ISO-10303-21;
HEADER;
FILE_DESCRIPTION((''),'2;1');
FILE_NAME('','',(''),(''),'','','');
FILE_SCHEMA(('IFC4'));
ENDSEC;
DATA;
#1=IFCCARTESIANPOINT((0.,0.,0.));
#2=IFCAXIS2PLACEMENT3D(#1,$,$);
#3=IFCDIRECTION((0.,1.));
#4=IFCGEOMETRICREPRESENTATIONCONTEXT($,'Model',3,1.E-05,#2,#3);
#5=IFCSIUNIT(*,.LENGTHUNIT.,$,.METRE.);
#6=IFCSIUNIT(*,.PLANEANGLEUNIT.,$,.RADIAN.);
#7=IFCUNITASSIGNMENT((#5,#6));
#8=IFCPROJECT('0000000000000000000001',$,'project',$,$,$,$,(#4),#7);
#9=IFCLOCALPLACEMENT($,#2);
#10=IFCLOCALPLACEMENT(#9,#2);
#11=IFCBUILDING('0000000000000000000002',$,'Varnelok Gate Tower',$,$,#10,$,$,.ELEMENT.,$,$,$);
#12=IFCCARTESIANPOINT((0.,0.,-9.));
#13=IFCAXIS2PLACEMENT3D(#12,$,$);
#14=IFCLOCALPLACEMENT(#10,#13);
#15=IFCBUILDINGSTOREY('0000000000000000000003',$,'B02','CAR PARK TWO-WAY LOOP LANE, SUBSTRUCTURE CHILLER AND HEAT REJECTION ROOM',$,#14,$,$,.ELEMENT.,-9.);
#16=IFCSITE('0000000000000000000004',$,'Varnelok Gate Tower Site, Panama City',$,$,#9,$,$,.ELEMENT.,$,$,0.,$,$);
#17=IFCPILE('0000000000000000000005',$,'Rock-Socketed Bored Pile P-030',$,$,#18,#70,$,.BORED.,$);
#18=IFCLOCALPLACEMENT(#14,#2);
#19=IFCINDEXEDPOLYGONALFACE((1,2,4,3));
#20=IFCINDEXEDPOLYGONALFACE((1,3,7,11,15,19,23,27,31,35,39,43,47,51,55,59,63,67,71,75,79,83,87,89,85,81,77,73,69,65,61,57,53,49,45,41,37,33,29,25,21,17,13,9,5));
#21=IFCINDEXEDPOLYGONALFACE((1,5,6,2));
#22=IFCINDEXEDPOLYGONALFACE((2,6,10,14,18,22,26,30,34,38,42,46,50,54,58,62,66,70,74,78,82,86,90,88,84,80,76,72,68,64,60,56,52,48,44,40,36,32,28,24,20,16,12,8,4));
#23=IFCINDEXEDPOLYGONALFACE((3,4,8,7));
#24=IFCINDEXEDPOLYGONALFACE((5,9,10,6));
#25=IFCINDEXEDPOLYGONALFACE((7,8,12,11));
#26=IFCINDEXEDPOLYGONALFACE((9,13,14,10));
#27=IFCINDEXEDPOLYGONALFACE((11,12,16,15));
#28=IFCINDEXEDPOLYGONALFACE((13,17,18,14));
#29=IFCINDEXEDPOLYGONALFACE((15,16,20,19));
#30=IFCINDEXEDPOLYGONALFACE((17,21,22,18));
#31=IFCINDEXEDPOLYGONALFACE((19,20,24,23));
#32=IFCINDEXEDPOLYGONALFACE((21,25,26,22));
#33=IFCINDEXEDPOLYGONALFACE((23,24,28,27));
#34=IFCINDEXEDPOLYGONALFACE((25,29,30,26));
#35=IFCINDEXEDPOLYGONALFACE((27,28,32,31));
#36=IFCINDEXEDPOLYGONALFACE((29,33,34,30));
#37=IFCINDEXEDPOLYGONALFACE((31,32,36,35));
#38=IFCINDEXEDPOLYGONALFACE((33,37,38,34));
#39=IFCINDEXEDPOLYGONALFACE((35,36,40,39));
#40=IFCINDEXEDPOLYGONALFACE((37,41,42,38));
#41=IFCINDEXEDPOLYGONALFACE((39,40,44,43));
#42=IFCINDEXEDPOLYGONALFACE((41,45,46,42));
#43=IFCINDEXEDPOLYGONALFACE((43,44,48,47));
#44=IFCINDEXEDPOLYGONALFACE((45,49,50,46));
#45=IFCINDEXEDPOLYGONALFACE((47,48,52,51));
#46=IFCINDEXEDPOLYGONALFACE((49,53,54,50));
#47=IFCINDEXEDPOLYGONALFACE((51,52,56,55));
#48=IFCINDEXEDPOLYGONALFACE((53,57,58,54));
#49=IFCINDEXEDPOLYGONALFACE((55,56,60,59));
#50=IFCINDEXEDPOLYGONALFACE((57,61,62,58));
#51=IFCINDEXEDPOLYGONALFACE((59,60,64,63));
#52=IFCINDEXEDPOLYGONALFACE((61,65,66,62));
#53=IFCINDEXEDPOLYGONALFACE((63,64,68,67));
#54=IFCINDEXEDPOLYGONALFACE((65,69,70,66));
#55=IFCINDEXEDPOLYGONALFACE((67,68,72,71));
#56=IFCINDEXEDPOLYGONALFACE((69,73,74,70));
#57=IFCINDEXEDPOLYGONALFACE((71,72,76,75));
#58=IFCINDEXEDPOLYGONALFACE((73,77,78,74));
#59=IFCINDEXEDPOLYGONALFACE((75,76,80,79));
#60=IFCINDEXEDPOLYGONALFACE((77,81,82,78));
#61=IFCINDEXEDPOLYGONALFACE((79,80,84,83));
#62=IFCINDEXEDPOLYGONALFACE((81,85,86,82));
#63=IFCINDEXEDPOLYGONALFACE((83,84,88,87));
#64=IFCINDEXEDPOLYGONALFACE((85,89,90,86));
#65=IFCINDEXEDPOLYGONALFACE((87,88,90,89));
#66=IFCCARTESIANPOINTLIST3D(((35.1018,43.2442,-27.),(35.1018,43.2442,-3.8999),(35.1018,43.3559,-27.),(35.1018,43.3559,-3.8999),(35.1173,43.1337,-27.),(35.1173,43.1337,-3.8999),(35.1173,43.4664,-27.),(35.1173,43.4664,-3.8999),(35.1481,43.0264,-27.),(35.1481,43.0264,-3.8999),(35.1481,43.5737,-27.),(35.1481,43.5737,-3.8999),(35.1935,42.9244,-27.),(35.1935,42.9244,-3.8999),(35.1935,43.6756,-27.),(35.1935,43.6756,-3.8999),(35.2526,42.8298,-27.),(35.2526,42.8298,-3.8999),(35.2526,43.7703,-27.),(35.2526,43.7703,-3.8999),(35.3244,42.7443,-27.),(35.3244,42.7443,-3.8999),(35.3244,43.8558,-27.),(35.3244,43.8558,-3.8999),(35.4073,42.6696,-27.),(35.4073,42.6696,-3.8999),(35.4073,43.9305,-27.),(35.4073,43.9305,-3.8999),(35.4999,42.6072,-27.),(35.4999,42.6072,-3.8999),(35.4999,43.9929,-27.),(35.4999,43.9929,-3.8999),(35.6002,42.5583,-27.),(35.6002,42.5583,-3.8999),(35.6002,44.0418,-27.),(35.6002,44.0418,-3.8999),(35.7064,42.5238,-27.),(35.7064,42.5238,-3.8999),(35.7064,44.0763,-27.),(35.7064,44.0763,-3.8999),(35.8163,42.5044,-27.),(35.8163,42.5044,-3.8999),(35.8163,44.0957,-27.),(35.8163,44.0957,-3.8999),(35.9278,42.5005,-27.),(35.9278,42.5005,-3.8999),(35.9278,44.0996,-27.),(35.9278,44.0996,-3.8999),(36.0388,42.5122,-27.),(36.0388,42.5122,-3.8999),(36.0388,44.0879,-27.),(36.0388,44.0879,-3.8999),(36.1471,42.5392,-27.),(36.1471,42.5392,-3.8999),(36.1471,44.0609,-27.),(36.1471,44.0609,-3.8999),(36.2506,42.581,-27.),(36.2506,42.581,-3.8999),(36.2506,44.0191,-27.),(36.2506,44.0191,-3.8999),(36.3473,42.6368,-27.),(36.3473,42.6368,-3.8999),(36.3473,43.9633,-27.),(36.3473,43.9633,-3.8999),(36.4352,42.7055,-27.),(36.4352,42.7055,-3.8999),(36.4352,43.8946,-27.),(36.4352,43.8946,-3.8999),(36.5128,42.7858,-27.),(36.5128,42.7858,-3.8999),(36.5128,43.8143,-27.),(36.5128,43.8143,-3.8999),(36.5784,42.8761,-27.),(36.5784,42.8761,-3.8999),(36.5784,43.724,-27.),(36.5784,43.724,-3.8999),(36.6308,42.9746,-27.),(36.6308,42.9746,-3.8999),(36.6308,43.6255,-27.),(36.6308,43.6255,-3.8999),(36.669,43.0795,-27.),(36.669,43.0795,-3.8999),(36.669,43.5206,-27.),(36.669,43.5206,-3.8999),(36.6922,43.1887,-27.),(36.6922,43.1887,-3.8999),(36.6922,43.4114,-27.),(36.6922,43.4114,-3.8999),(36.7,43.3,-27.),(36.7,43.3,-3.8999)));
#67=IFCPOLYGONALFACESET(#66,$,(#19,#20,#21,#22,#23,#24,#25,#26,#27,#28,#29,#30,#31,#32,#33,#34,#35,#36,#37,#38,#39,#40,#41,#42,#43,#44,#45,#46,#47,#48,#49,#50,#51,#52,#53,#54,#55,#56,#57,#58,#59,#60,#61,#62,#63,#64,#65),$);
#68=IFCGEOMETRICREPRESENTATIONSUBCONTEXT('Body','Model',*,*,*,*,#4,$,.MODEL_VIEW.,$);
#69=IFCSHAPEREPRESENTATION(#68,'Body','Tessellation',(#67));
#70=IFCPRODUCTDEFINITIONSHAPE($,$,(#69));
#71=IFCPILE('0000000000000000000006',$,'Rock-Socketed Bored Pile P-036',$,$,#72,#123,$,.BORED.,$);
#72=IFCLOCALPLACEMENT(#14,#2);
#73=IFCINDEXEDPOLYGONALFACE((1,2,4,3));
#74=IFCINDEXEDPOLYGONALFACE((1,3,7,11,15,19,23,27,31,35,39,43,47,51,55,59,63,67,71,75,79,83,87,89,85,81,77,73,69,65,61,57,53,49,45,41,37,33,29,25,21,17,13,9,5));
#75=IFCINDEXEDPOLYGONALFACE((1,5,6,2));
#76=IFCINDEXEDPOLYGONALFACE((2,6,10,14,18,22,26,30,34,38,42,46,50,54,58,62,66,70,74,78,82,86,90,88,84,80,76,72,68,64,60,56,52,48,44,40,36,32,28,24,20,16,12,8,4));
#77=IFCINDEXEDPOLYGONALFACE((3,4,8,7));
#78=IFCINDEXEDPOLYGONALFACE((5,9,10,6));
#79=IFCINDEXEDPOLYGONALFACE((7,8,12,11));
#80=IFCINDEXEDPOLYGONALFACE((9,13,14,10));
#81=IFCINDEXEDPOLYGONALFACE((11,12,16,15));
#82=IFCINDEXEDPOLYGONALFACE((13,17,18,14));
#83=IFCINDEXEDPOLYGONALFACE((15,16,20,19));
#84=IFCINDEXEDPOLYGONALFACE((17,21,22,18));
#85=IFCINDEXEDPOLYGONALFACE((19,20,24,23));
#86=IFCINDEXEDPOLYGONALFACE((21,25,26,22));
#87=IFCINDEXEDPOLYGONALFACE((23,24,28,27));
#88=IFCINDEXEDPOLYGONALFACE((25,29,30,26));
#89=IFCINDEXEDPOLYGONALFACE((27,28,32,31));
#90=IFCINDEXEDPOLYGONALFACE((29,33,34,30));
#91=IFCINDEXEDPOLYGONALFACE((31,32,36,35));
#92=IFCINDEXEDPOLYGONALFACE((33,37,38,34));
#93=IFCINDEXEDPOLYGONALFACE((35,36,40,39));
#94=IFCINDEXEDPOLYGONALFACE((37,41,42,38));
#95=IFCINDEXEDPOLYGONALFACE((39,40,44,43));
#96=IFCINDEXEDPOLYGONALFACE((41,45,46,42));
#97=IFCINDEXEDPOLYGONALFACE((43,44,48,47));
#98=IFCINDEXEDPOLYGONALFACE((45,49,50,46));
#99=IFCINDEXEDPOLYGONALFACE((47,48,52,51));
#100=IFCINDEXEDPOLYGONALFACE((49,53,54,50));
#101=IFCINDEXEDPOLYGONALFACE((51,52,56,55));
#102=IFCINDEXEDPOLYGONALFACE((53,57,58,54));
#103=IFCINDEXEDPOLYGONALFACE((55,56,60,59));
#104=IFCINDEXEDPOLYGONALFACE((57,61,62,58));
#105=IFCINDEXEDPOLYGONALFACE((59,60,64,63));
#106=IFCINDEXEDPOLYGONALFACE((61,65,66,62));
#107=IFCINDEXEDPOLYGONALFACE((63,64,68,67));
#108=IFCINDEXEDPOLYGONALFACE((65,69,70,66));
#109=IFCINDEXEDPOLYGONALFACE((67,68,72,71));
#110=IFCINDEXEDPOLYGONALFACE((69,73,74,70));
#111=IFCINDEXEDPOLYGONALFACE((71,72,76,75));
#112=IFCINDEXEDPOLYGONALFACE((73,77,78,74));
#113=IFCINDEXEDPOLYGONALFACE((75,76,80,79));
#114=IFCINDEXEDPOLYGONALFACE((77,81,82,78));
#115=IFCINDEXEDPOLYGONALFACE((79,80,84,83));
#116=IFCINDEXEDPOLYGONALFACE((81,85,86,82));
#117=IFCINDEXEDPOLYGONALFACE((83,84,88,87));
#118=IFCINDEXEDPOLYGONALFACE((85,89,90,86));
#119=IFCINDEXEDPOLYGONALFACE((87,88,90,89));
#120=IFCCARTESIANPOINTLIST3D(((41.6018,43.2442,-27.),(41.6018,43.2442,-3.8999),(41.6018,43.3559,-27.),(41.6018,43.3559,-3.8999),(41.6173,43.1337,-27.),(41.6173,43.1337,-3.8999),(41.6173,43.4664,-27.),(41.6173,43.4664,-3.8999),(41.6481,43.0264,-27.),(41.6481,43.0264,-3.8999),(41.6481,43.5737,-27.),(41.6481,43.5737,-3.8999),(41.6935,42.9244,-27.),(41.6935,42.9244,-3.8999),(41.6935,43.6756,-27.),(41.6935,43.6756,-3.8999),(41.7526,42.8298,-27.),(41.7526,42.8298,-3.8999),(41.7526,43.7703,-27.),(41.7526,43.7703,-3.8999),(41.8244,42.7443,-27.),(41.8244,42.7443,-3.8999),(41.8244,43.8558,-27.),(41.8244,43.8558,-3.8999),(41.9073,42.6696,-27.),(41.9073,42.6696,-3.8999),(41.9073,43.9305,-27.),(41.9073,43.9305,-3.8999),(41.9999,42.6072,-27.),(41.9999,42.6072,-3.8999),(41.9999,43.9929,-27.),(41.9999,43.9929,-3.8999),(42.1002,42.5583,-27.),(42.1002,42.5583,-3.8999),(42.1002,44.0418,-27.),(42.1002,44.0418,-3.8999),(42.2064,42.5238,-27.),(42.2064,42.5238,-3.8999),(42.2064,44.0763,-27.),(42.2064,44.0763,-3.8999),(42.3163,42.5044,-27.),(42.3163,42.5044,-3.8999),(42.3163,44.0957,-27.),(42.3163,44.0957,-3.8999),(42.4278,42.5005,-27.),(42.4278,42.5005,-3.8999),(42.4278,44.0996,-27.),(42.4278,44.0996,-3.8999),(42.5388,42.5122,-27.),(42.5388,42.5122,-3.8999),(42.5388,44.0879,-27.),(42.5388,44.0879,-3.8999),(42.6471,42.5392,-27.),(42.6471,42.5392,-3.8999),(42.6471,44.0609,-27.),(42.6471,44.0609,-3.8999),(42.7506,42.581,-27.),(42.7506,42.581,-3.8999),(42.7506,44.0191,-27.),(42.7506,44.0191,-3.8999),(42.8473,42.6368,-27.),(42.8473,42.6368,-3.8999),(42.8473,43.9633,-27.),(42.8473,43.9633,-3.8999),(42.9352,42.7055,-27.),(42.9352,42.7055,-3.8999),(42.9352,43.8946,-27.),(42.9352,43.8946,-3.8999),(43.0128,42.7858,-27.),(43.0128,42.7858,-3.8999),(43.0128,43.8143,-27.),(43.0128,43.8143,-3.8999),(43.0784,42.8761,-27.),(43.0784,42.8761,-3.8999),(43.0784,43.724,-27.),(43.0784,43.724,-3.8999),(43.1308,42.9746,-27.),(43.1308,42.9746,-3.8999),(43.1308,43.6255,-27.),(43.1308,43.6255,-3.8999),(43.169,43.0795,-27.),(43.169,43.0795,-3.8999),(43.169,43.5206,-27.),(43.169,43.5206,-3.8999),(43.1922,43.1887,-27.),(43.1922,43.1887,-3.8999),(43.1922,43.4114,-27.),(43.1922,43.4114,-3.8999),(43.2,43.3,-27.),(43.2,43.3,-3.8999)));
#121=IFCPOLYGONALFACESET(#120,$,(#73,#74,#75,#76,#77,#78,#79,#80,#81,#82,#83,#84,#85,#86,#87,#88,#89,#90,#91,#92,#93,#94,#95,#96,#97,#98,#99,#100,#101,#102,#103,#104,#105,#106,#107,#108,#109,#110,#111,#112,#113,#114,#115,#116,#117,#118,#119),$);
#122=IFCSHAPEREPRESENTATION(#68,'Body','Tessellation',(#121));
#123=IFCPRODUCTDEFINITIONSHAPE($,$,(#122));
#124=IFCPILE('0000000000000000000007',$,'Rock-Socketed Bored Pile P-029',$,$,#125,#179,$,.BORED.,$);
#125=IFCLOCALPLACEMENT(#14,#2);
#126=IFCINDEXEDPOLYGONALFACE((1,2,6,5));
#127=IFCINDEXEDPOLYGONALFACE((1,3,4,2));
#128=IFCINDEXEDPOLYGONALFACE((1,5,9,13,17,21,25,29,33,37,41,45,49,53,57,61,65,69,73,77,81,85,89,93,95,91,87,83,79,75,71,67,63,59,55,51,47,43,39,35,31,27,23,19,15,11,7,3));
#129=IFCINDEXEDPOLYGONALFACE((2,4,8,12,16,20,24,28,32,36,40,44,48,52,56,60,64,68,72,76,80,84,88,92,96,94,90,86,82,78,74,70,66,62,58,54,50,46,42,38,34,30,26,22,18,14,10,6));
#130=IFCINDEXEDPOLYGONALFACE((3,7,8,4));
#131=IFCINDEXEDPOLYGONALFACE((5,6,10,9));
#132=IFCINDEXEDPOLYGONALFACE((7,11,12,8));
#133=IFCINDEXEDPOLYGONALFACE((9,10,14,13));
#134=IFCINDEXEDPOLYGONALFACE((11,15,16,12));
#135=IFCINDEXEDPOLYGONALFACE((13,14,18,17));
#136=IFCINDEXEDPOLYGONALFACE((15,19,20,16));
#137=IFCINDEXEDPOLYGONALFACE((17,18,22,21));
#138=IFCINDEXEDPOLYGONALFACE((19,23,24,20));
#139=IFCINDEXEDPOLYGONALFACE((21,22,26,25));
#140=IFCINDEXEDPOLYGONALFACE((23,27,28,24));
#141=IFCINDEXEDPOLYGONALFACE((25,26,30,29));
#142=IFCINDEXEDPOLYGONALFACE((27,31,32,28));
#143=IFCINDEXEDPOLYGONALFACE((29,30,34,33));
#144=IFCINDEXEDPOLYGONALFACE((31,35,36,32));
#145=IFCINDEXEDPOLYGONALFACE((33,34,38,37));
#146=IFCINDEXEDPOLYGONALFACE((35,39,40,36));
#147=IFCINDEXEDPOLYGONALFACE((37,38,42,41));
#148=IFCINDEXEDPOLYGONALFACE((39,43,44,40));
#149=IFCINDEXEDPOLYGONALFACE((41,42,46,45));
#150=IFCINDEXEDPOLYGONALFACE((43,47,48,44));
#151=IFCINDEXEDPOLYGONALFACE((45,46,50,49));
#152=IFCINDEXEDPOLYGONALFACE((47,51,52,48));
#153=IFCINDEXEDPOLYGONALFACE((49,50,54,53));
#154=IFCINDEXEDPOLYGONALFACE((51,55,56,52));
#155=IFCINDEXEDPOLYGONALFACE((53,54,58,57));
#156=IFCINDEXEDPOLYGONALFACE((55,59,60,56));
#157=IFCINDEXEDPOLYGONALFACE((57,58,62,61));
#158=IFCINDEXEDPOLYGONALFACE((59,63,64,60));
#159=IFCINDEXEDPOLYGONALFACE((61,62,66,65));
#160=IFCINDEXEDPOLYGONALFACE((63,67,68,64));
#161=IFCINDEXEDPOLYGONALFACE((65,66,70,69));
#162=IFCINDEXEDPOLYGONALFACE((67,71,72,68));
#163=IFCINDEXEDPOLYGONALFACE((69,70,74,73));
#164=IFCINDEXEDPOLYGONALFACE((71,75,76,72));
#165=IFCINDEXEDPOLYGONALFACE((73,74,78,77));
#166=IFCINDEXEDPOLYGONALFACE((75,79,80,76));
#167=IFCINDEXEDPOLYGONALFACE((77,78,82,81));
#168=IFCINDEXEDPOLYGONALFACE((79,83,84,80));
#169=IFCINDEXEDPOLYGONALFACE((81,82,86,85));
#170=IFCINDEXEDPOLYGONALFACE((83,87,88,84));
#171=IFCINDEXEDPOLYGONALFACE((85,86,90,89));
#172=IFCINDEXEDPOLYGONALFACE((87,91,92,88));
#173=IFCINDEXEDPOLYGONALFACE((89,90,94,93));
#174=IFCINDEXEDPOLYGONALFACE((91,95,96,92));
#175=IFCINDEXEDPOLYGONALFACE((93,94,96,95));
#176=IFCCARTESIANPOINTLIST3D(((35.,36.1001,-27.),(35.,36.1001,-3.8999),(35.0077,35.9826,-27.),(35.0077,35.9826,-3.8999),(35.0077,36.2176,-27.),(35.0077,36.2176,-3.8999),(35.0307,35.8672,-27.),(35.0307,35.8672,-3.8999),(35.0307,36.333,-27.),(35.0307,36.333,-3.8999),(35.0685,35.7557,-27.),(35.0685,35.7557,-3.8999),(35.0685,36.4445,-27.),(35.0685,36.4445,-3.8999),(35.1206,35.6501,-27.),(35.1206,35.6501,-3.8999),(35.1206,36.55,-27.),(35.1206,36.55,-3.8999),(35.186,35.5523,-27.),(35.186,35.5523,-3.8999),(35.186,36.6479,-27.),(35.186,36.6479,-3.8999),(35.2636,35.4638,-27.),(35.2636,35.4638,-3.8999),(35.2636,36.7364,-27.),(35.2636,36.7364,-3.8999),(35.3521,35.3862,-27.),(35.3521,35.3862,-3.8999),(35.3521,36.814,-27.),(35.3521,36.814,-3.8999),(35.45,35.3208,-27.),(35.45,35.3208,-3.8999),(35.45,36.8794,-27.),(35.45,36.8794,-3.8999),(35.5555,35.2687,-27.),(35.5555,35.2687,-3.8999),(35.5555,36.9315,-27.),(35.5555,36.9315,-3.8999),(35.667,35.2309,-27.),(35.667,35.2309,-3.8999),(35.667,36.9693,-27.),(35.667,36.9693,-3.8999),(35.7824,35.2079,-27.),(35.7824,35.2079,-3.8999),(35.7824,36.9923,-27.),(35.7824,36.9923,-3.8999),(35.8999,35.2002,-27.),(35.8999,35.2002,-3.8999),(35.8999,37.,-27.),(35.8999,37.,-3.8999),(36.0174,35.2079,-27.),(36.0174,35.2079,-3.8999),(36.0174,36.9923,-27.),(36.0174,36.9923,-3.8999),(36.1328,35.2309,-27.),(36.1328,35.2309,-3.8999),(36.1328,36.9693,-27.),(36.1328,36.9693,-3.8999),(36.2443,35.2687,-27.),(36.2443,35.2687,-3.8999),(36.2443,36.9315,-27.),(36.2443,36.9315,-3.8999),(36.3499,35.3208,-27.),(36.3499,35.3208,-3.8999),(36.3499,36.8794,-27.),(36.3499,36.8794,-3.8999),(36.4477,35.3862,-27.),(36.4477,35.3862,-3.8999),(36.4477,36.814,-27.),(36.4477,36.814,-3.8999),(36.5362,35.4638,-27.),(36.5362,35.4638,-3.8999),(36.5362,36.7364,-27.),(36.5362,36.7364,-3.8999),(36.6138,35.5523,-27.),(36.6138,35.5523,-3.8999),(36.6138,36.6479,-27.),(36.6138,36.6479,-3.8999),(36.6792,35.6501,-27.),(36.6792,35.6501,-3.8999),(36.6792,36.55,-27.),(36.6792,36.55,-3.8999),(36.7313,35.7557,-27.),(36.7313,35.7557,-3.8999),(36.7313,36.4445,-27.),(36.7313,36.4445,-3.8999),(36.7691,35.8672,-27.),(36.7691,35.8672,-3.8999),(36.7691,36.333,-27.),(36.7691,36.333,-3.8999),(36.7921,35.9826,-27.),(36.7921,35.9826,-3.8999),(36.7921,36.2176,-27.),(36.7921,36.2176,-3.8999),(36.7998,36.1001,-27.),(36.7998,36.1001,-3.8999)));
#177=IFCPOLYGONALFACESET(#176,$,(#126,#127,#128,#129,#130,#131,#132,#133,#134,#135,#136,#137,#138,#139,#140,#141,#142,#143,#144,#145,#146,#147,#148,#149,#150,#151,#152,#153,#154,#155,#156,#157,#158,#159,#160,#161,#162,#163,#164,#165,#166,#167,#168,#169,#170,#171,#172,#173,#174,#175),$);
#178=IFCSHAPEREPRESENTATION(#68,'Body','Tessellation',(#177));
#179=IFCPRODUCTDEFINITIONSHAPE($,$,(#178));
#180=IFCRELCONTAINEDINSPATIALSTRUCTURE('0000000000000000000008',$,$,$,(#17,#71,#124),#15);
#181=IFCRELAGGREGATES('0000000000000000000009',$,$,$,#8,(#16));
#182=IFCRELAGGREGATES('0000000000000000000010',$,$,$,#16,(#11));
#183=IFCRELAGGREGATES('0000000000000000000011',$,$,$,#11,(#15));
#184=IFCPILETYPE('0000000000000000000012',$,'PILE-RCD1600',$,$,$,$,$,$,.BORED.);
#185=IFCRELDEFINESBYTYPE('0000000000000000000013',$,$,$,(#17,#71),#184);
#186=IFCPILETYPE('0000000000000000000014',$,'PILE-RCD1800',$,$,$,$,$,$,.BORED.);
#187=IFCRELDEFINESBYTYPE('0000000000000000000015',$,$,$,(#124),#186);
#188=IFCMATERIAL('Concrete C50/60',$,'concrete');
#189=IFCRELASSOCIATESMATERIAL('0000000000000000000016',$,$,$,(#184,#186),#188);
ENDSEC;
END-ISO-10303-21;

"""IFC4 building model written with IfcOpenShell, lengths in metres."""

from ifc_helpers import new_model, si_unit, direction, frame, origin, origin_2d, place, context, subcontext, project, spatial, circle, extrude, material, material_profile, profile_set, type_object, element, save


model = new_model("IFC4")

# Units and contexts
model_context = context("Model", 3, precision=1e-05, world=origin(), true_north=direction((0.0, 1.0)))
body_context = subcontext(model_context, "Body", "Model", "MODEL_VIEW")
ifc_project = project(units=[si_unit("LENGTHUNIT", "METRE"), si_unit("PLANEANGLEUNIT", "RADIAN")], contexts=[model_context])

# Site, building, storey
site_placement = place(None, origin())
site = spatial("IfcSite", under=ifc_project, at=site_placement, Name="Varnelok Gate Tower Site, Panama City", CompositionType="ELEMENT", RefElevation=0.0)
building_placement = place(site_placement, origin())
building = spatial("IfcBuilding", under=site, at=building_placement, Name="Varnelok Gate Tower", CompositionType="ELEMENT")
storey_placement = place(building_placement, frame((0.0, 0.0, -9.0)))
storey = spatial("IfcBuildingStorey", under=building, at=storey_placement, Name="B02", Description="CAR PARK TWO-WAY LOOP LANE, SUBSTRUCTURE CHILLER AND HEAT REJECTION ROOM", CompositionType="ELEMENT", Elevation=-9.0)

# Piles
ifc_material_1 = material(Name="Concrete C50/60", Category="concrete")
ifc_material_profile_1 = material_profile(ifc_material_1, circle(Radius=0.8, at=origin_2d()), Name="RCD1600")
ifc_profile_set_1 = profile_set([ifc_material_profile_1], Name="Concrete C50/60")
pile_type_1 = type_object("IfcPileType", Name="PILE-RCD1600", PredefinedType="BORED", material=ifc_profile_set_1)
for number, where, z_axis, x_axis, name in (
    (1, (35.8999, 43.3, -3.8999), (0.0, 0.0, -1.0), (1.0, 0.0, 0.0), "Rock-Socketed Bored Pile P-030"),
    (2, (42.3999, 43.3, -3.8999), (0.0, 0.0, -1.0), (1.0, 0.0, 0.0), "Rock-Socketed Bored Pile P-036"),
):
    element("IfcPile", number, at=place(storey_placement, frame(where, z_axis=z_axis, x_axis=x_axis)), inside=storey, type_object=pile_type_1, Name=name, PredefinedType="BORED", context=body_context, shape_type="SweptSolid", body=[
        extrude(circle(Radius=0.8, at=origin_2d()), origin(), (0.0, 0.0, 1.0), 23.1001),
    ])
ifc_material_profile_2 = material_profile(ifc_material_1, circle(Radius=0.8999, at=origin_2d()), Name="RCD1800")
ifc_profile_set_2 = profile_set([ifc_material_profile_2], Name="Concrete C50/60")
pile_type_2 = type_object("IfcPileType", Name="PILE-RCD1800", PredefinedType="BORED", material=ifc_profile_set_2)
for number, where, z_axis, x_axis, name in (
    (3, (35.8999, 36.1001, -3.8999), (0.0, 0.0, -1.0), (1.0, 0.0, 0.0), "Rock-Socketed Bored Pile P-029"),
):
    element("IfcPile", number, at=place(storey_placement, frame(where, z_axis=z_axis, x_axis=x_axis)), inside=storey, type_object=pile_type_2, Name=name, PredefinedType="BORED", context=body_context, shape_type="SweptSolid", body=[
        extrude(circle(Radius=0.8999, at=origin_2d()), origin(), (0.0, 0.0, 1.0), 23.1001),
    ])

save(model, "model.ifc")
